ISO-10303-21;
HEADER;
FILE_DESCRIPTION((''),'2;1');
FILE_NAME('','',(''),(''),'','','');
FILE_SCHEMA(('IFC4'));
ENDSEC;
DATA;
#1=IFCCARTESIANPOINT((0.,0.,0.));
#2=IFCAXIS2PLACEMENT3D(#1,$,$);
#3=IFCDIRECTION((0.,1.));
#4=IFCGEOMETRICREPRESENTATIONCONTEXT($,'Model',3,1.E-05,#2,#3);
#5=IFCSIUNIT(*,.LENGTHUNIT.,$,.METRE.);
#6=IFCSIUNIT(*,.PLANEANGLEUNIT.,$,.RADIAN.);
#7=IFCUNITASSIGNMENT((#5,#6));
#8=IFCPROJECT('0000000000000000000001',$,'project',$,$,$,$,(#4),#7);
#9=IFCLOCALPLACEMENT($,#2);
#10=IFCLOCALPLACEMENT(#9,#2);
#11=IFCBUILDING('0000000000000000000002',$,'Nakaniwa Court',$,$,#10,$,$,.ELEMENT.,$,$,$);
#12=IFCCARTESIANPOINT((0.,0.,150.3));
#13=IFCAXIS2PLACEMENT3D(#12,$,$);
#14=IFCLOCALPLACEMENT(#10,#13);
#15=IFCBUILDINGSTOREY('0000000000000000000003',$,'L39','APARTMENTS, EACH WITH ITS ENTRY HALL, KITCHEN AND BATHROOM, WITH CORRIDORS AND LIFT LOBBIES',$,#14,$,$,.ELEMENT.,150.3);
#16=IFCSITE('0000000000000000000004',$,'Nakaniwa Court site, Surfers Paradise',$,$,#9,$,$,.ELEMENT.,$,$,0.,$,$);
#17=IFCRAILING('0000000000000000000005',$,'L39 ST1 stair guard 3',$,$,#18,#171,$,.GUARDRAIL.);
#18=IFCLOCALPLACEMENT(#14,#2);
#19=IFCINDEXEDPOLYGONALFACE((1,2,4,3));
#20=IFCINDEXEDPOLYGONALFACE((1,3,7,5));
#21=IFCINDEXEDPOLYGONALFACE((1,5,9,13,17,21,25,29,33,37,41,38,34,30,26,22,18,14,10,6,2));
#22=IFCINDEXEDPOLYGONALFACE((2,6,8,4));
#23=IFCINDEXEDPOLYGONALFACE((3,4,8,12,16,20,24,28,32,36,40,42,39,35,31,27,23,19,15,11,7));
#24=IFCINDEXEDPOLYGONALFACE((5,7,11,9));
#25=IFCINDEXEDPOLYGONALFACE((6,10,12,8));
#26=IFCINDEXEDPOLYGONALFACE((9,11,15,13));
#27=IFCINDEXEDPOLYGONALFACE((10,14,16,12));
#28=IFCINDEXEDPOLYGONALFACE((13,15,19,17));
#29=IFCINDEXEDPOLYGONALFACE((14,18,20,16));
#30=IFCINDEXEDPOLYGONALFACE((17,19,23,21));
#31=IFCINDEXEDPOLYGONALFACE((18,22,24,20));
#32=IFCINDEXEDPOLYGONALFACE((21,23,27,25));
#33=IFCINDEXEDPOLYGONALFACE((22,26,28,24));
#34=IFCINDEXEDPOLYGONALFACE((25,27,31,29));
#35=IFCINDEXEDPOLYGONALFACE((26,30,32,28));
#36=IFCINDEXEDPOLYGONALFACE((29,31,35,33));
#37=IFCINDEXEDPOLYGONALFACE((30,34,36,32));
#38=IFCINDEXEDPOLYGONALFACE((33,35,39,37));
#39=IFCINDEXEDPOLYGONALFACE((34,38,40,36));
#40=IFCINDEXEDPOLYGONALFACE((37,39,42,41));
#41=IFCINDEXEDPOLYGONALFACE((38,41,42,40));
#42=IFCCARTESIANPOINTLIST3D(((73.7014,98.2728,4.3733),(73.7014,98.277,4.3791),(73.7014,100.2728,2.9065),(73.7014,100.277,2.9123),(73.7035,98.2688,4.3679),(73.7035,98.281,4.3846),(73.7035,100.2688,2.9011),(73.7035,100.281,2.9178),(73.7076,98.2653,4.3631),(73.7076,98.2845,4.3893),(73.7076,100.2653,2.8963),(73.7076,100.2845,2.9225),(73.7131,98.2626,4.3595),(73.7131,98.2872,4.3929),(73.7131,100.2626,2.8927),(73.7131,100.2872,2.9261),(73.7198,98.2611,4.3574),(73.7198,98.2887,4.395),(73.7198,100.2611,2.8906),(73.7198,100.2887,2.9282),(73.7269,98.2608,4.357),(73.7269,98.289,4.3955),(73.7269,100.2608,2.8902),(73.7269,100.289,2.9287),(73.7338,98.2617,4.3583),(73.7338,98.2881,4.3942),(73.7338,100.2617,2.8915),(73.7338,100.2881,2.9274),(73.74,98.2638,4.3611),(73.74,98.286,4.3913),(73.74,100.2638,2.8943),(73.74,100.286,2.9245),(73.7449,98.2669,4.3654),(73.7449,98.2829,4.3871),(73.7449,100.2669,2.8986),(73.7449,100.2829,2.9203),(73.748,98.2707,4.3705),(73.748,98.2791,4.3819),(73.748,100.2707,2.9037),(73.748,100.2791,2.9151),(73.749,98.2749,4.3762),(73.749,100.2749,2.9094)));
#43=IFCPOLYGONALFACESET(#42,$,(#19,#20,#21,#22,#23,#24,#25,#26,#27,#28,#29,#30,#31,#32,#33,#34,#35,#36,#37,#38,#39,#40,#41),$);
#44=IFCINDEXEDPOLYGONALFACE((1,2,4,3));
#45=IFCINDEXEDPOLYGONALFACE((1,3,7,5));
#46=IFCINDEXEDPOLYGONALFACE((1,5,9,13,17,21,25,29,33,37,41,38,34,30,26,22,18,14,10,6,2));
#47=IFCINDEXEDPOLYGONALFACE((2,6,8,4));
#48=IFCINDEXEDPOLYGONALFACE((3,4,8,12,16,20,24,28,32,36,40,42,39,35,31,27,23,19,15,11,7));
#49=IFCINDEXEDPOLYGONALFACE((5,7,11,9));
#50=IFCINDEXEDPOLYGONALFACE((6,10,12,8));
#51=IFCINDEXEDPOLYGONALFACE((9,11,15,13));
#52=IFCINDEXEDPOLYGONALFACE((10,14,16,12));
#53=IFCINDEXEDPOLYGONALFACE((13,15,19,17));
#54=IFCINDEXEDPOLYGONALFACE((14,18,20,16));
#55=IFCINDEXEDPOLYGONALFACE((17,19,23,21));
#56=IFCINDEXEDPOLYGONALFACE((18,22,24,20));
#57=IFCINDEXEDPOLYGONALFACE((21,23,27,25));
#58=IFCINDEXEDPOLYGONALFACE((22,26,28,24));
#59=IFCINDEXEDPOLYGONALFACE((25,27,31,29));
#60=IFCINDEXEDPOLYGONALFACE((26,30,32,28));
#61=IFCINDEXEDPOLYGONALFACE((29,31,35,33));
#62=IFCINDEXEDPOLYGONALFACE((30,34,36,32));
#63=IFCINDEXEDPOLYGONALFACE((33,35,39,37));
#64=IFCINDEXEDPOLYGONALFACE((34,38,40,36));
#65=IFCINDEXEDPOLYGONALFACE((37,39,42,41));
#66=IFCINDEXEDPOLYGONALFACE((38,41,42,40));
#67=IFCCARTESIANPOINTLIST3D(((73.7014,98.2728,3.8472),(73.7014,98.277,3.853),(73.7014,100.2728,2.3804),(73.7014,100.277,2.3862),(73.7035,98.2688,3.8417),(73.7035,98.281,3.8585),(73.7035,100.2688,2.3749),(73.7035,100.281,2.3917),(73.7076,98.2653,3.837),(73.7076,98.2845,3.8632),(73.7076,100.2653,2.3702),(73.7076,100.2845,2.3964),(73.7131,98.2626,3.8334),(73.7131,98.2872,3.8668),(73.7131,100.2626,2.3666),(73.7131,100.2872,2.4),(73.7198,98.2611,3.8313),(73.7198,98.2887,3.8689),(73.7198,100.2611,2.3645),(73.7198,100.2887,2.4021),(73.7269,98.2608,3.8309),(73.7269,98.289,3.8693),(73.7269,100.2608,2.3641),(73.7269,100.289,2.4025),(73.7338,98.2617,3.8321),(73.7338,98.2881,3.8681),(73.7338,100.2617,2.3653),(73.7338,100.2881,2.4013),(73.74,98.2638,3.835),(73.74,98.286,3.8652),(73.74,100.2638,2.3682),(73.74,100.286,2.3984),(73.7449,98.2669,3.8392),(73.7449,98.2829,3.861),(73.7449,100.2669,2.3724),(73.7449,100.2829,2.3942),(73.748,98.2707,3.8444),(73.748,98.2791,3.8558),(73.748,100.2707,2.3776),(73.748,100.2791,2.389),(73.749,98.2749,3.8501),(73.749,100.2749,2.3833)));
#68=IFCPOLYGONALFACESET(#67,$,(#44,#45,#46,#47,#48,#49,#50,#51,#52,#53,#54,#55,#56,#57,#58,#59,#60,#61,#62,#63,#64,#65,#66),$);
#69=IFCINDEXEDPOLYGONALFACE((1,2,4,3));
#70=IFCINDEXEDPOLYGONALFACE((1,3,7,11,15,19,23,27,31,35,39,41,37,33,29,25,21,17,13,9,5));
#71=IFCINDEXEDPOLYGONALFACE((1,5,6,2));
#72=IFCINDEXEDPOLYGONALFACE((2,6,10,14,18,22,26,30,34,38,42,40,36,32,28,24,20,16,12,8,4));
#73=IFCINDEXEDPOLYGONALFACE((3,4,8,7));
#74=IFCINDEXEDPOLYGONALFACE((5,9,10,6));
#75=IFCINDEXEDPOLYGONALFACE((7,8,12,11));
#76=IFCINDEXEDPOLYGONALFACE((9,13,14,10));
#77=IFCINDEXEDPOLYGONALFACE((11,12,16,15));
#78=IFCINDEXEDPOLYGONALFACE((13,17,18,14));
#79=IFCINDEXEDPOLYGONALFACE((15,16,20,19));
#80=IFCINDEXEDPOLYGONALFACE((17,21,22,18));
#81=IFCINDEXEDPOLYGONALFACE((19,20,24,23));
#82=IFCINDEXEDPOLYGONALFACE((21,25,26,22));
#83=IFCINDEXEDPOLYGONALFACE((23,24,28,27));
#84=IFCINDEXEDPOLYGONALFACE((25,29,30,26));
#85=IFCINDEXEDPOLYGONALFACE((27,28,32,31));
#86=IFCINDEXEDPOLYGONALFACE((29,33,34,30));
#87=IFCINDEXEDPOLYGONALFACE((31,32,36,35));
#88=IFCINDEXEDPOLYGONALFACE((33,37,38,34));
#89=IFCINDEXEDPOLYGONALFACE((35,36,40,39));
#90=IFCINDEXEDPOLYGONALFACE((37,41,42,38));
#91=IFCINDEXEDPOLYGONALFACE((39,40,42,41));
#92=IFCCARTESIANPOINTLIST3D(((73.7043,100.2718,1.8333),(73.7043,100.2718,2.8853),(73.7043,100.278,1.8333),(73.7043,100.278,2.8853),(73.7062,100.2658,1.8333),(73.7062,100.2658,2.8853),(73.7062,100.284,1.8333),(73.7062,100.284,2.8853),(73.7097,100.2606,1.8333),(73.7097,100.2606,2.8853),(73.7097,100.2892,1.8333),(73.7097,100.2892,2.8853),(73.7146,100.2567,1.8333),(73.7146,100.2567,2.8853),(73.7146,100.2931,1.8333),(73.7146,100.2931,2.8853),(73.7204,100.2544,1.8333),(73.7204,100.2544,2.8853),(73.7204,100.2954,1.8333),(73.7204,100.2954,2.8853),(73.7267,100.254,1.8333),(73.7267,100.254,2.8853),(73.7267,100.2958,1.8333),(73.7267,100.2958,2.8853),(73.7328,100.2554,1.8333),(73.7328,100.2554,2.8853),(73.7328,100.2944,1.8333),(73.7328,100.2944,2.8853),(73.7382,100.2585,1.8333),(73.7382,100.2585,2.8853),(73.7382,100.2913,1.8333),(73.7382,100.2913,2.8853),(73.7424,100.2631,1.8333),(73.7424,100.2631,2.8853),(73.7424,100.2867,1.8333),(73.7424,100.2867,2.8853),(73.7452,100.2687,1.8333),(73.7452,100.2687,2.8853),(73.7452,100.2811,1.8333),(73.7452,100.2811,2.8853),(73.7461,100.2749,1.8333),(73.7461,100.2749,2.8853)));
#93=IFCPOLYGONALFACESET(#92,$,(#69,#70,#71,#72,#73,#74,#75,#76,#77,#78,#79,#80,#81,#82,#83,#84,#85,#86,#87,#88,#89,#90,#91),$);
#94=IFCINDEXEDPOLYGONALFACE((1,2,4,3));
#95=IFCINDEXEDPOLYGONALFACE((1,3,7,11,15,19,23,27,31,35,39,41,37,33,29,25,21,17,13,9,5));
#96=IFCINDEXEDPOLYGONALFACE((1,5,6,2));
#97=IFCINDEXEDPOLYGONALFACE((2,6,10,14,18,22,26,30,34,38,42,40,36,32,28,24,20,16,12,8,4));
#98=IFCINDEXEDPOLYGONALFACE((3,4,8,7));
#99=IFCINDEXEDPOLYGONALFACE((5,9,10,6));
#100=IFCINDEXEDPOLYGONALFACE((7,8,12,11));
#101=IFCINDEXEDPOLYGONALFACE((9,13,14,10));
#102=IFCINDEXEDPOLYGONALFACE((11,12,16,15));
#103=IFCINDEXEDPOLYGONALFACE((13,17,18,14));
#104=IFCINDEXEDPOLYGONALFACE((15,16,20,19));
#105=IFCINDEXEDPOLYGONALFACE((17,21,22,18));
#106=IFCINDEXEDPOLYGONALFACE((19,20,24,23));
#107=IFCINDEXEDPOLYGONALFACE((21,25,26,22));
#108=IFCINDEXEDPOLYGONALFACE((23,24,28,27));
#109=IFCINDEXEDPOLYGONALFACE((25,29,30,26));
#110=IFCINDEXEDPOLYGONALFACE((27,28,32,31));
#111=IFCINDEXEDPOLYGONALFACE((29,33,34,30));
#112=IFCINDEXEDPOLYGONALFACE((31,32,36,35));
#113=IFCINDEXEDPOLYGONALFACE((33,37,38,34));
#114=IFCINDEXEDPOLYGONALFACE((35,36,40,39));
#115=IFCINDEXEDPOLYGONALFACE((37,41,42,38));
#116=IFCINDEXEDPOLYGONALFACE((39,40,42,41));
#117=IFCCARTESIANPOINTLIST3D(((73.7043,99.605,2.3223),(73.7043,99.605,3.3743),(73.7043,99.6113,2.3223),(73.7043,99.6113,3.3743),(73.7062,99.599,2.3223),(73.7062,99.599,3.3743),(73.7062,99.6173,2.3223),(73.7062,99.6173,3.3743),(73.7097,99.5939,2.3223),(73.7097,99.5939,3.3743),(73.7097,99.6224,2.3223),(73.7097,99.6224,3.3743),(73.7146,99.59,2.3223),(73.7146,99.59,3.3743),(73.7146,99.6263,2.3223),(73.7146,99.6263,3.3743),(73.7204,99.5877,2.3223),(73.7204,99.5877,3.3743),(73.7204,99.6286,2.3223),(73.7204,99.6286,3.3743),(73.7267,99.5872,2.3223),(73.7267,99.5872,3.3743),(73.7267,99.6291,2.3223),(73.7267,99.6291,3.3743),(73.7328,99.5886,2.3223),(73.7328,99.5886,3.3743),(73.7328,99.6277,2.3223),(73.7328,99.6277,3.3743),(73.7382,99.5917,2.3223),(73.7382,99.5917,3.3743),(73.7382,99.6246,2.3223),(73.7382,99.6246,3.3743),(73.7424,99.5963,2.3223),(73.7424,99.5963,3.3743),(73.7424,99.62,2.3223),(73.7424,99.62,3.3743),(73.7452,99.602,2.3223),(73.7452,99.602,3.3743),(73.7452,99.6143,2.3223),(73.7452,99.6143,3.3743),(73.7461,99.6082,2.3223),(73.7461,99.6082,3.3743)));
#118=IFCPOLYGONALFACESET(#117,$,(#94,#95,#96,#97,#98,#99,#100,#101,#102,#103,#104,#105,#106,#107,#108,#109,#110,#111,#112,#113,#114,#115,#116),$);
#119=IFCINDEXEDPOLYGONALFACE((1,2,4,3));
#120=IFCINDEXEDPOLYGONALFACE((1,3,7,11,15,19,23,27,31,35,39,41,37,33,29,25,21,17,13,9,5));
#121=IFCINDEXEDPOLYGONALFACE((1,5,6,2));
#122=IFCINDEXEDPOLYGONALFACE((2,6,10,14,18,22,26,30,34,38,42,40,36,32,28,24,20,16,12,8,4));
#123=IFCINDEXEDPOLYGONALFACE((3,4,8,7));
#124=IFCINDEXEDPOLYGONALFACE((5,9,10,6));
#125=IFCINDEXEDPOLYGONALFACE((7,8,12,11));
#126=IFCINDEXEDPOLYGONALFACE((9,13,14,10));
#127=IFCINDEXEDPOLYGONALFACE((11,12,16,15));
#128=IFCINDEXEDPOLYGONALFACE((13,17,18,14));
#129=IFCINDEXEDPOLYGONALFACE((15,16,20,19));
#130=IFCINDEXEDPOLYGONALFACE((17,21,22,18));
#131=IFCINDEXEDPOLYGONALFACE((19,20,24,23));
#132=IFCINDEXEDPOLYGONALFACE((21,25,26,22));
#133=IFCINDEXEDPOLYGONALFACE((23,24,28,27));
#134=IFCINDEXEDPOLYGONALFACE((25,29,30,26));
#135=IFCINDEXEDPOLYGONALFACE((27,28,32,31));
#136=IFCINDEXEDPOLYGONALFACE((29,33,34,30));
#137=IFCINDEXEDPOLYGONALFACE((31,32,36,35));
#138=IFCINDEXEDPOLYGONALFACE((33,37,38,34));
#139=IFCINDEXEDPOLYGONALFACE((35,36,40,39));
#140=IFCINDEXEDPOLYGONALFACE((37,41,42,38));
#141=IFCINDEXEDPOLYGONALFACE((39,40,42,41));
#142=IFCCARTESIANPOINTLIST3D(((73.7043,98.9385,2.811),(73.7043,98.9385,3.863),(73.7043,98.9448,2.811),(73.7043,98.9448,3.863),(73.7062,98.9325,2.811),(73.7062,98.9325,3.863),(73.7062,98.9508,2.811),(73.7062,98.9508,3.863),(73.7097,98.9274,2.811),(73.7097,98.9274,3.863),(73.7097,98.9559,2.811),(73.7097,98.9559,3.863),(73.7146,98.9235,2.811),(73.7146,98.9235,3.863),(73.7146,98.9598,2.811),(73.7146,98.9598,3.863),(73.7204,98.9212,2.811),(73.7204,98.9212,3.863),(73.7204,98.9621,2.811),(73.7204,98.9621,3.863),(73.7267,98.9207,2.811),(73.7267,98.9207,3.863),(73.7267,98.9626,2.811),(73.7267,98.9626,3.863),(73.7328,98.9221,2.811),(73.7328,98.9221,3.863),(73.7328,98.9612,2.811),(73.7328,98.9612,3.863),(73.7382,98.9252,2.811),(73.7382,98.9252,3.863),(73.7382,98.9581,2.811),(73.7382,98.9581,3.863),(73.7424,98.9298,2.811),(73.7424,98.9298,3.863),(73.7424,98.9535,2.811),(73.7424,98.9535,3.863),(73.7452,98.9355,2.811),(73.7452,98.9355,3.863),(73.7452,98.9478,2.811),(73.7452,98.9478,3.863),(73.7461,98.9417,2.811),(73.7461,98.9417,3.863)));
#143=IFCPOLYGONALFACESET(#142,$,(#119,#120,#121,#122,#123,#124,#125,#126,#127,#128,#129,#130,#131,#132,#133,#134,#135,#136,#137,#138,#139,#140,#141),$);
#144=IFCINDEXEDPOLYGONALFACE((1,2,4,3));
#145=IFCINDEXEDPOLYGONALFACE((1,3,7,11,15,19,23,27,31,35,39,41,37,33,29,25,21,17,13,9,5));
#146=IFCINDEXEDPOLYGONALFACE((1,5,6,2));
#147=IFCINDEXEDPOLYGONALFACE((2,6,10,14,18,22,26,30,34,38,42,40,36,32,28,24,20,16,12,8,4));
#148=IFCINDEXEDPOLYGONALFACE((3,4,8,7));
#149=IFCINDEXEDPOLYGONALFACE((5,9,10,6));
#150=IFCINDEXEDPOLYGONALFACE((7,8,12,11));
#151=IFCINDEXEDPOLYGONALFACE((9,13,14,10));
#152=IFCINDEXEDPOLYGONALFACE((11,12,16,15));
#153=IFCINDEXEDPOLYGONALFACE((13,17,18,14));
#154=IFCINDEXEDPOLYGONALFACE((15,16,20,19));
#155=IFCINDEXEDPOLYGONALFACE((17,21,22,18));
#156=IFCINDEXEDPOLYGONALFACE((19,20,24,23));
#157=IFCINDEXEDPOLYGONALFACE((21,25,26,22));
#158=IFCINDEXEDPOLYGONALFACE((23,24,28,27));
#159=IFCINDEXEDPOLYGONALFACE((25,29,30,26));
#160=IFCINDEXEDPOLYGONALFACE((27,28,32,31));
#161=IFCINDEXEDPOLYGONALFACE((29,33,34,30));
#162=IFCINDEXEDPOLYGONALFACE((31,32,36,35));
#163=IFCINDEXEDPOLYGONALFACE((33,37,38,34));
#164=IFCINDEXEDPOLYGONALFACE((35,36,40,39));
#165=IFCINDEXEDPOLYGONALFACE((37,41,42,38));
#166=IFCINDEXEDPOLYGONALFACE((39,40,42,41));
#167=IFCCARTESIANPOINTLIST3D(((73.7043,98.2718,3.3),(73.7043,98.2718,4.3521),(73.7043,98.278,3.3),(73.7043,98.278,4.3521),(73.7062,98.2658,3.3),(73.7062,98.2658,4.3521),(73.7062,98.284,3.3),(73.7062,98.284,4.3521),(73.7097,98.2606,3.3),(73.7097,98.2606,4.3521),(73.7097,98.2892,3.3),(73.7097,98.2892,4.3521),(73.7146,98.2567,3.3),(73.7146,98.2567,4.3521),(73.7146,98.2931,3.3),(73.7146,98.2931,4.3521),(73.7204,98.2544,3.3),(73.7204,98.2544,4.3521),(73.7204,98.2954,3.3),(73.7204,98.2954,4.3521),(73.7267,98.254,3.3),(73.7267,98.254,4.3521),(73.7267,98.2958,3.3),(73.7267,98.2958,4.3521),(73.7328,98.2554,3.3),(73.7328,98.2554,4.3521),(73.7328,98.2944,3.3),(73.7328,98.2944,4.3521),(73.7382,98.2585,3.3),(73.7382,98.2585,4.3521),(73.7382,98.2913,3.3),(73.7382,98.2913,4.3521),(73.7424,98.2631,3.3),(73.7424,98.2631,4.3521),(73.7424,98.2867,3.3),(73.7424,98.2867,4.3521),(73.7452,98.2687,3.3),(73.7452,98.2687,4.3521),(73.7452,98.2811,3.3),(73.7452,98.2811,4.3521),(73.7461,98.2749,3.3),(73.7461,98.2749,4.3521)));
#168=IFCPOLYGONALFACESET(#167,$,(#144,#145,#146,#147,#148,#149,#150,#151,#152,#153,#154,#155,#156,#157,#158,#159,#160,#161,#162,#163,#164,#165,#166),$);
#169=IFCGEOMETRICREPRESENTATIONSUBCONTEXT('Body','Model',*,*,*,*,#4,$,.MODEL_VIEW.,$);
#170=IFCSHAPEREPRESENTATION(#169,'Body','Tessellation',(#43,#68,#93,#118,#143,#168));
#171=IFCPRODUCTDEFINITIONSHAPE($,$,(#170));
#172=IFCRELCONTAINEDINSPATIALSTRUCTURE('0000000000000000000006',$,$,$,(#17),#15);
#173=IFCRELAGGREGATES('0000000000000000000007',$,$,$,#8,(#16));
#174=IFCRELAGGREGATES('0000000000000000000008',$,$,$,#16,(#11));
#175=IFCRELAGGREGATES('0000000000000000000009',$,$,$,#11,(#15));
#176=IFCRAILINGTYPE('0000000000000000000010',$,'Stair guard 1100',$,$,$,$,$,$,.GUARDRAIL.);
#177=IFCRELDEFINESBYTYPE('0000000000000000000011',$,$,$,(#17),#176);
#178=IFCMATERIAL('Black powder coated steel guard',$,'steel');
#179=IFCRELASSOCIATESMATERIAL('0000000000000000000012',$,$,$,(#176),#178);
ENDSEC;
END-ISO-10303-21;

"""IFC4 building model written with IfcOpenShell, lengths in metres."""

from ifc_helpers import new_model, si_unit, direction, frame, origin, origin_2d, place, context, subcontext, project, spatial, circle, extrude, material, type_object, element, save


model = new_model("IFC4")

# Units and contexts
model_context = context("Model", 3, precision=1e-05, world=origin(), true_north=direction((0.0, 1.0)))
body_context = subcontext(model_context, "Body", "Model", "MODEL_VIEW")
ifc_project = project(units=[si_unit("LENGTHUNIT", "METRE"), si_unit("PLANEANGLEUNIT", "RADIAN")], contexts=[model_context])

# Site, building, storey
site_placement = place(None, origin())
site = spatial("IfcSite", under=ifc_project, at=site_placement, Name="Nakaniwa Court site, Surfers Paradise", CompositionType="ELEMENT", RefElevation=0.0)
building_placement = place(site_placement, origin())
building = spatial("IfcBuilding", under=site, at=building_placement, Name="Nakaniwa Court", CompositionType="ELEMENT")
storey_placement = place(building_placement, frame((0.0, 0.0, 150.3)))
storey = spatial("IfcBuildingStorey", under=building, at=storey_placement, Name="L39", Description="APARTMENTS, EACH WITH ITS ENTRY HALL, KITCHEN AND BATHROOM, WITH CORRIDORS AND LIFT LOBBIES", CompositionType="ELEMENT", Elevation=150.3)

# Railing
ifc_material_1 = material(Name="Black powder coated steel guard", Category="steel")
railing_type_1 = type_object("IfcRailingType", Name="Stair guard 1100", PredefinedType="GUARDRAIL", material=ifc_material_1)
railing_1_placement = place(storey_placement, frame((73.7251, 100.2749, 1.8333)))
element("IfcRailing", 1, at=railing_1_placement, inside=storey, type_object=railing_type_1, Name="L39 ST1 stair guard 3", PredefinedType="GUARDRAIL", context=body_context, shape_type="SweptSolid", body=[
    extrude(circle(Radius=0.0239, at=origin_2d()), frame((0.0, 0.0, 1.0762), z_axis=(0.0, -0.80638, 0.591398), x_axis=(1.0, 0.0, 0.0)), (0.0, 0.0, 1.0), 2.4802),
    extrude(circle(Radius=0.0239, at=origin_2d()), frame((0.0, 0.0, 0.55), z_axis=(0.0, -0.80638, 0.591398), x_axis=(1.0, 0.0, 0.0)), (0.0, 0.0, 1.0), 2.4802),
    extrude(circle(Radius=0.021, at=origin_2d()), origin(), (0.0, 0.0, 1.0), 1.052),
    extrude(circle(Radius=0.021, at=origin_2d()), frame((0.0, -0.6667, 0.489)), (0.0, 0.0, 1.0), 1.052),
    extrude(circle(Radius=0.021, at=origin_2d()), frame((0.0, -1.3333, 0.9778)), (0.0, 0.0, 1.0), 1.052),
    extrude(circle(Radius=0.021, at=origin_2d()), frame((0.0, -2.0, 1.4668)), (0.0, 0.0, 1.0), 1.052),
])

save(model, "model.ifc")
